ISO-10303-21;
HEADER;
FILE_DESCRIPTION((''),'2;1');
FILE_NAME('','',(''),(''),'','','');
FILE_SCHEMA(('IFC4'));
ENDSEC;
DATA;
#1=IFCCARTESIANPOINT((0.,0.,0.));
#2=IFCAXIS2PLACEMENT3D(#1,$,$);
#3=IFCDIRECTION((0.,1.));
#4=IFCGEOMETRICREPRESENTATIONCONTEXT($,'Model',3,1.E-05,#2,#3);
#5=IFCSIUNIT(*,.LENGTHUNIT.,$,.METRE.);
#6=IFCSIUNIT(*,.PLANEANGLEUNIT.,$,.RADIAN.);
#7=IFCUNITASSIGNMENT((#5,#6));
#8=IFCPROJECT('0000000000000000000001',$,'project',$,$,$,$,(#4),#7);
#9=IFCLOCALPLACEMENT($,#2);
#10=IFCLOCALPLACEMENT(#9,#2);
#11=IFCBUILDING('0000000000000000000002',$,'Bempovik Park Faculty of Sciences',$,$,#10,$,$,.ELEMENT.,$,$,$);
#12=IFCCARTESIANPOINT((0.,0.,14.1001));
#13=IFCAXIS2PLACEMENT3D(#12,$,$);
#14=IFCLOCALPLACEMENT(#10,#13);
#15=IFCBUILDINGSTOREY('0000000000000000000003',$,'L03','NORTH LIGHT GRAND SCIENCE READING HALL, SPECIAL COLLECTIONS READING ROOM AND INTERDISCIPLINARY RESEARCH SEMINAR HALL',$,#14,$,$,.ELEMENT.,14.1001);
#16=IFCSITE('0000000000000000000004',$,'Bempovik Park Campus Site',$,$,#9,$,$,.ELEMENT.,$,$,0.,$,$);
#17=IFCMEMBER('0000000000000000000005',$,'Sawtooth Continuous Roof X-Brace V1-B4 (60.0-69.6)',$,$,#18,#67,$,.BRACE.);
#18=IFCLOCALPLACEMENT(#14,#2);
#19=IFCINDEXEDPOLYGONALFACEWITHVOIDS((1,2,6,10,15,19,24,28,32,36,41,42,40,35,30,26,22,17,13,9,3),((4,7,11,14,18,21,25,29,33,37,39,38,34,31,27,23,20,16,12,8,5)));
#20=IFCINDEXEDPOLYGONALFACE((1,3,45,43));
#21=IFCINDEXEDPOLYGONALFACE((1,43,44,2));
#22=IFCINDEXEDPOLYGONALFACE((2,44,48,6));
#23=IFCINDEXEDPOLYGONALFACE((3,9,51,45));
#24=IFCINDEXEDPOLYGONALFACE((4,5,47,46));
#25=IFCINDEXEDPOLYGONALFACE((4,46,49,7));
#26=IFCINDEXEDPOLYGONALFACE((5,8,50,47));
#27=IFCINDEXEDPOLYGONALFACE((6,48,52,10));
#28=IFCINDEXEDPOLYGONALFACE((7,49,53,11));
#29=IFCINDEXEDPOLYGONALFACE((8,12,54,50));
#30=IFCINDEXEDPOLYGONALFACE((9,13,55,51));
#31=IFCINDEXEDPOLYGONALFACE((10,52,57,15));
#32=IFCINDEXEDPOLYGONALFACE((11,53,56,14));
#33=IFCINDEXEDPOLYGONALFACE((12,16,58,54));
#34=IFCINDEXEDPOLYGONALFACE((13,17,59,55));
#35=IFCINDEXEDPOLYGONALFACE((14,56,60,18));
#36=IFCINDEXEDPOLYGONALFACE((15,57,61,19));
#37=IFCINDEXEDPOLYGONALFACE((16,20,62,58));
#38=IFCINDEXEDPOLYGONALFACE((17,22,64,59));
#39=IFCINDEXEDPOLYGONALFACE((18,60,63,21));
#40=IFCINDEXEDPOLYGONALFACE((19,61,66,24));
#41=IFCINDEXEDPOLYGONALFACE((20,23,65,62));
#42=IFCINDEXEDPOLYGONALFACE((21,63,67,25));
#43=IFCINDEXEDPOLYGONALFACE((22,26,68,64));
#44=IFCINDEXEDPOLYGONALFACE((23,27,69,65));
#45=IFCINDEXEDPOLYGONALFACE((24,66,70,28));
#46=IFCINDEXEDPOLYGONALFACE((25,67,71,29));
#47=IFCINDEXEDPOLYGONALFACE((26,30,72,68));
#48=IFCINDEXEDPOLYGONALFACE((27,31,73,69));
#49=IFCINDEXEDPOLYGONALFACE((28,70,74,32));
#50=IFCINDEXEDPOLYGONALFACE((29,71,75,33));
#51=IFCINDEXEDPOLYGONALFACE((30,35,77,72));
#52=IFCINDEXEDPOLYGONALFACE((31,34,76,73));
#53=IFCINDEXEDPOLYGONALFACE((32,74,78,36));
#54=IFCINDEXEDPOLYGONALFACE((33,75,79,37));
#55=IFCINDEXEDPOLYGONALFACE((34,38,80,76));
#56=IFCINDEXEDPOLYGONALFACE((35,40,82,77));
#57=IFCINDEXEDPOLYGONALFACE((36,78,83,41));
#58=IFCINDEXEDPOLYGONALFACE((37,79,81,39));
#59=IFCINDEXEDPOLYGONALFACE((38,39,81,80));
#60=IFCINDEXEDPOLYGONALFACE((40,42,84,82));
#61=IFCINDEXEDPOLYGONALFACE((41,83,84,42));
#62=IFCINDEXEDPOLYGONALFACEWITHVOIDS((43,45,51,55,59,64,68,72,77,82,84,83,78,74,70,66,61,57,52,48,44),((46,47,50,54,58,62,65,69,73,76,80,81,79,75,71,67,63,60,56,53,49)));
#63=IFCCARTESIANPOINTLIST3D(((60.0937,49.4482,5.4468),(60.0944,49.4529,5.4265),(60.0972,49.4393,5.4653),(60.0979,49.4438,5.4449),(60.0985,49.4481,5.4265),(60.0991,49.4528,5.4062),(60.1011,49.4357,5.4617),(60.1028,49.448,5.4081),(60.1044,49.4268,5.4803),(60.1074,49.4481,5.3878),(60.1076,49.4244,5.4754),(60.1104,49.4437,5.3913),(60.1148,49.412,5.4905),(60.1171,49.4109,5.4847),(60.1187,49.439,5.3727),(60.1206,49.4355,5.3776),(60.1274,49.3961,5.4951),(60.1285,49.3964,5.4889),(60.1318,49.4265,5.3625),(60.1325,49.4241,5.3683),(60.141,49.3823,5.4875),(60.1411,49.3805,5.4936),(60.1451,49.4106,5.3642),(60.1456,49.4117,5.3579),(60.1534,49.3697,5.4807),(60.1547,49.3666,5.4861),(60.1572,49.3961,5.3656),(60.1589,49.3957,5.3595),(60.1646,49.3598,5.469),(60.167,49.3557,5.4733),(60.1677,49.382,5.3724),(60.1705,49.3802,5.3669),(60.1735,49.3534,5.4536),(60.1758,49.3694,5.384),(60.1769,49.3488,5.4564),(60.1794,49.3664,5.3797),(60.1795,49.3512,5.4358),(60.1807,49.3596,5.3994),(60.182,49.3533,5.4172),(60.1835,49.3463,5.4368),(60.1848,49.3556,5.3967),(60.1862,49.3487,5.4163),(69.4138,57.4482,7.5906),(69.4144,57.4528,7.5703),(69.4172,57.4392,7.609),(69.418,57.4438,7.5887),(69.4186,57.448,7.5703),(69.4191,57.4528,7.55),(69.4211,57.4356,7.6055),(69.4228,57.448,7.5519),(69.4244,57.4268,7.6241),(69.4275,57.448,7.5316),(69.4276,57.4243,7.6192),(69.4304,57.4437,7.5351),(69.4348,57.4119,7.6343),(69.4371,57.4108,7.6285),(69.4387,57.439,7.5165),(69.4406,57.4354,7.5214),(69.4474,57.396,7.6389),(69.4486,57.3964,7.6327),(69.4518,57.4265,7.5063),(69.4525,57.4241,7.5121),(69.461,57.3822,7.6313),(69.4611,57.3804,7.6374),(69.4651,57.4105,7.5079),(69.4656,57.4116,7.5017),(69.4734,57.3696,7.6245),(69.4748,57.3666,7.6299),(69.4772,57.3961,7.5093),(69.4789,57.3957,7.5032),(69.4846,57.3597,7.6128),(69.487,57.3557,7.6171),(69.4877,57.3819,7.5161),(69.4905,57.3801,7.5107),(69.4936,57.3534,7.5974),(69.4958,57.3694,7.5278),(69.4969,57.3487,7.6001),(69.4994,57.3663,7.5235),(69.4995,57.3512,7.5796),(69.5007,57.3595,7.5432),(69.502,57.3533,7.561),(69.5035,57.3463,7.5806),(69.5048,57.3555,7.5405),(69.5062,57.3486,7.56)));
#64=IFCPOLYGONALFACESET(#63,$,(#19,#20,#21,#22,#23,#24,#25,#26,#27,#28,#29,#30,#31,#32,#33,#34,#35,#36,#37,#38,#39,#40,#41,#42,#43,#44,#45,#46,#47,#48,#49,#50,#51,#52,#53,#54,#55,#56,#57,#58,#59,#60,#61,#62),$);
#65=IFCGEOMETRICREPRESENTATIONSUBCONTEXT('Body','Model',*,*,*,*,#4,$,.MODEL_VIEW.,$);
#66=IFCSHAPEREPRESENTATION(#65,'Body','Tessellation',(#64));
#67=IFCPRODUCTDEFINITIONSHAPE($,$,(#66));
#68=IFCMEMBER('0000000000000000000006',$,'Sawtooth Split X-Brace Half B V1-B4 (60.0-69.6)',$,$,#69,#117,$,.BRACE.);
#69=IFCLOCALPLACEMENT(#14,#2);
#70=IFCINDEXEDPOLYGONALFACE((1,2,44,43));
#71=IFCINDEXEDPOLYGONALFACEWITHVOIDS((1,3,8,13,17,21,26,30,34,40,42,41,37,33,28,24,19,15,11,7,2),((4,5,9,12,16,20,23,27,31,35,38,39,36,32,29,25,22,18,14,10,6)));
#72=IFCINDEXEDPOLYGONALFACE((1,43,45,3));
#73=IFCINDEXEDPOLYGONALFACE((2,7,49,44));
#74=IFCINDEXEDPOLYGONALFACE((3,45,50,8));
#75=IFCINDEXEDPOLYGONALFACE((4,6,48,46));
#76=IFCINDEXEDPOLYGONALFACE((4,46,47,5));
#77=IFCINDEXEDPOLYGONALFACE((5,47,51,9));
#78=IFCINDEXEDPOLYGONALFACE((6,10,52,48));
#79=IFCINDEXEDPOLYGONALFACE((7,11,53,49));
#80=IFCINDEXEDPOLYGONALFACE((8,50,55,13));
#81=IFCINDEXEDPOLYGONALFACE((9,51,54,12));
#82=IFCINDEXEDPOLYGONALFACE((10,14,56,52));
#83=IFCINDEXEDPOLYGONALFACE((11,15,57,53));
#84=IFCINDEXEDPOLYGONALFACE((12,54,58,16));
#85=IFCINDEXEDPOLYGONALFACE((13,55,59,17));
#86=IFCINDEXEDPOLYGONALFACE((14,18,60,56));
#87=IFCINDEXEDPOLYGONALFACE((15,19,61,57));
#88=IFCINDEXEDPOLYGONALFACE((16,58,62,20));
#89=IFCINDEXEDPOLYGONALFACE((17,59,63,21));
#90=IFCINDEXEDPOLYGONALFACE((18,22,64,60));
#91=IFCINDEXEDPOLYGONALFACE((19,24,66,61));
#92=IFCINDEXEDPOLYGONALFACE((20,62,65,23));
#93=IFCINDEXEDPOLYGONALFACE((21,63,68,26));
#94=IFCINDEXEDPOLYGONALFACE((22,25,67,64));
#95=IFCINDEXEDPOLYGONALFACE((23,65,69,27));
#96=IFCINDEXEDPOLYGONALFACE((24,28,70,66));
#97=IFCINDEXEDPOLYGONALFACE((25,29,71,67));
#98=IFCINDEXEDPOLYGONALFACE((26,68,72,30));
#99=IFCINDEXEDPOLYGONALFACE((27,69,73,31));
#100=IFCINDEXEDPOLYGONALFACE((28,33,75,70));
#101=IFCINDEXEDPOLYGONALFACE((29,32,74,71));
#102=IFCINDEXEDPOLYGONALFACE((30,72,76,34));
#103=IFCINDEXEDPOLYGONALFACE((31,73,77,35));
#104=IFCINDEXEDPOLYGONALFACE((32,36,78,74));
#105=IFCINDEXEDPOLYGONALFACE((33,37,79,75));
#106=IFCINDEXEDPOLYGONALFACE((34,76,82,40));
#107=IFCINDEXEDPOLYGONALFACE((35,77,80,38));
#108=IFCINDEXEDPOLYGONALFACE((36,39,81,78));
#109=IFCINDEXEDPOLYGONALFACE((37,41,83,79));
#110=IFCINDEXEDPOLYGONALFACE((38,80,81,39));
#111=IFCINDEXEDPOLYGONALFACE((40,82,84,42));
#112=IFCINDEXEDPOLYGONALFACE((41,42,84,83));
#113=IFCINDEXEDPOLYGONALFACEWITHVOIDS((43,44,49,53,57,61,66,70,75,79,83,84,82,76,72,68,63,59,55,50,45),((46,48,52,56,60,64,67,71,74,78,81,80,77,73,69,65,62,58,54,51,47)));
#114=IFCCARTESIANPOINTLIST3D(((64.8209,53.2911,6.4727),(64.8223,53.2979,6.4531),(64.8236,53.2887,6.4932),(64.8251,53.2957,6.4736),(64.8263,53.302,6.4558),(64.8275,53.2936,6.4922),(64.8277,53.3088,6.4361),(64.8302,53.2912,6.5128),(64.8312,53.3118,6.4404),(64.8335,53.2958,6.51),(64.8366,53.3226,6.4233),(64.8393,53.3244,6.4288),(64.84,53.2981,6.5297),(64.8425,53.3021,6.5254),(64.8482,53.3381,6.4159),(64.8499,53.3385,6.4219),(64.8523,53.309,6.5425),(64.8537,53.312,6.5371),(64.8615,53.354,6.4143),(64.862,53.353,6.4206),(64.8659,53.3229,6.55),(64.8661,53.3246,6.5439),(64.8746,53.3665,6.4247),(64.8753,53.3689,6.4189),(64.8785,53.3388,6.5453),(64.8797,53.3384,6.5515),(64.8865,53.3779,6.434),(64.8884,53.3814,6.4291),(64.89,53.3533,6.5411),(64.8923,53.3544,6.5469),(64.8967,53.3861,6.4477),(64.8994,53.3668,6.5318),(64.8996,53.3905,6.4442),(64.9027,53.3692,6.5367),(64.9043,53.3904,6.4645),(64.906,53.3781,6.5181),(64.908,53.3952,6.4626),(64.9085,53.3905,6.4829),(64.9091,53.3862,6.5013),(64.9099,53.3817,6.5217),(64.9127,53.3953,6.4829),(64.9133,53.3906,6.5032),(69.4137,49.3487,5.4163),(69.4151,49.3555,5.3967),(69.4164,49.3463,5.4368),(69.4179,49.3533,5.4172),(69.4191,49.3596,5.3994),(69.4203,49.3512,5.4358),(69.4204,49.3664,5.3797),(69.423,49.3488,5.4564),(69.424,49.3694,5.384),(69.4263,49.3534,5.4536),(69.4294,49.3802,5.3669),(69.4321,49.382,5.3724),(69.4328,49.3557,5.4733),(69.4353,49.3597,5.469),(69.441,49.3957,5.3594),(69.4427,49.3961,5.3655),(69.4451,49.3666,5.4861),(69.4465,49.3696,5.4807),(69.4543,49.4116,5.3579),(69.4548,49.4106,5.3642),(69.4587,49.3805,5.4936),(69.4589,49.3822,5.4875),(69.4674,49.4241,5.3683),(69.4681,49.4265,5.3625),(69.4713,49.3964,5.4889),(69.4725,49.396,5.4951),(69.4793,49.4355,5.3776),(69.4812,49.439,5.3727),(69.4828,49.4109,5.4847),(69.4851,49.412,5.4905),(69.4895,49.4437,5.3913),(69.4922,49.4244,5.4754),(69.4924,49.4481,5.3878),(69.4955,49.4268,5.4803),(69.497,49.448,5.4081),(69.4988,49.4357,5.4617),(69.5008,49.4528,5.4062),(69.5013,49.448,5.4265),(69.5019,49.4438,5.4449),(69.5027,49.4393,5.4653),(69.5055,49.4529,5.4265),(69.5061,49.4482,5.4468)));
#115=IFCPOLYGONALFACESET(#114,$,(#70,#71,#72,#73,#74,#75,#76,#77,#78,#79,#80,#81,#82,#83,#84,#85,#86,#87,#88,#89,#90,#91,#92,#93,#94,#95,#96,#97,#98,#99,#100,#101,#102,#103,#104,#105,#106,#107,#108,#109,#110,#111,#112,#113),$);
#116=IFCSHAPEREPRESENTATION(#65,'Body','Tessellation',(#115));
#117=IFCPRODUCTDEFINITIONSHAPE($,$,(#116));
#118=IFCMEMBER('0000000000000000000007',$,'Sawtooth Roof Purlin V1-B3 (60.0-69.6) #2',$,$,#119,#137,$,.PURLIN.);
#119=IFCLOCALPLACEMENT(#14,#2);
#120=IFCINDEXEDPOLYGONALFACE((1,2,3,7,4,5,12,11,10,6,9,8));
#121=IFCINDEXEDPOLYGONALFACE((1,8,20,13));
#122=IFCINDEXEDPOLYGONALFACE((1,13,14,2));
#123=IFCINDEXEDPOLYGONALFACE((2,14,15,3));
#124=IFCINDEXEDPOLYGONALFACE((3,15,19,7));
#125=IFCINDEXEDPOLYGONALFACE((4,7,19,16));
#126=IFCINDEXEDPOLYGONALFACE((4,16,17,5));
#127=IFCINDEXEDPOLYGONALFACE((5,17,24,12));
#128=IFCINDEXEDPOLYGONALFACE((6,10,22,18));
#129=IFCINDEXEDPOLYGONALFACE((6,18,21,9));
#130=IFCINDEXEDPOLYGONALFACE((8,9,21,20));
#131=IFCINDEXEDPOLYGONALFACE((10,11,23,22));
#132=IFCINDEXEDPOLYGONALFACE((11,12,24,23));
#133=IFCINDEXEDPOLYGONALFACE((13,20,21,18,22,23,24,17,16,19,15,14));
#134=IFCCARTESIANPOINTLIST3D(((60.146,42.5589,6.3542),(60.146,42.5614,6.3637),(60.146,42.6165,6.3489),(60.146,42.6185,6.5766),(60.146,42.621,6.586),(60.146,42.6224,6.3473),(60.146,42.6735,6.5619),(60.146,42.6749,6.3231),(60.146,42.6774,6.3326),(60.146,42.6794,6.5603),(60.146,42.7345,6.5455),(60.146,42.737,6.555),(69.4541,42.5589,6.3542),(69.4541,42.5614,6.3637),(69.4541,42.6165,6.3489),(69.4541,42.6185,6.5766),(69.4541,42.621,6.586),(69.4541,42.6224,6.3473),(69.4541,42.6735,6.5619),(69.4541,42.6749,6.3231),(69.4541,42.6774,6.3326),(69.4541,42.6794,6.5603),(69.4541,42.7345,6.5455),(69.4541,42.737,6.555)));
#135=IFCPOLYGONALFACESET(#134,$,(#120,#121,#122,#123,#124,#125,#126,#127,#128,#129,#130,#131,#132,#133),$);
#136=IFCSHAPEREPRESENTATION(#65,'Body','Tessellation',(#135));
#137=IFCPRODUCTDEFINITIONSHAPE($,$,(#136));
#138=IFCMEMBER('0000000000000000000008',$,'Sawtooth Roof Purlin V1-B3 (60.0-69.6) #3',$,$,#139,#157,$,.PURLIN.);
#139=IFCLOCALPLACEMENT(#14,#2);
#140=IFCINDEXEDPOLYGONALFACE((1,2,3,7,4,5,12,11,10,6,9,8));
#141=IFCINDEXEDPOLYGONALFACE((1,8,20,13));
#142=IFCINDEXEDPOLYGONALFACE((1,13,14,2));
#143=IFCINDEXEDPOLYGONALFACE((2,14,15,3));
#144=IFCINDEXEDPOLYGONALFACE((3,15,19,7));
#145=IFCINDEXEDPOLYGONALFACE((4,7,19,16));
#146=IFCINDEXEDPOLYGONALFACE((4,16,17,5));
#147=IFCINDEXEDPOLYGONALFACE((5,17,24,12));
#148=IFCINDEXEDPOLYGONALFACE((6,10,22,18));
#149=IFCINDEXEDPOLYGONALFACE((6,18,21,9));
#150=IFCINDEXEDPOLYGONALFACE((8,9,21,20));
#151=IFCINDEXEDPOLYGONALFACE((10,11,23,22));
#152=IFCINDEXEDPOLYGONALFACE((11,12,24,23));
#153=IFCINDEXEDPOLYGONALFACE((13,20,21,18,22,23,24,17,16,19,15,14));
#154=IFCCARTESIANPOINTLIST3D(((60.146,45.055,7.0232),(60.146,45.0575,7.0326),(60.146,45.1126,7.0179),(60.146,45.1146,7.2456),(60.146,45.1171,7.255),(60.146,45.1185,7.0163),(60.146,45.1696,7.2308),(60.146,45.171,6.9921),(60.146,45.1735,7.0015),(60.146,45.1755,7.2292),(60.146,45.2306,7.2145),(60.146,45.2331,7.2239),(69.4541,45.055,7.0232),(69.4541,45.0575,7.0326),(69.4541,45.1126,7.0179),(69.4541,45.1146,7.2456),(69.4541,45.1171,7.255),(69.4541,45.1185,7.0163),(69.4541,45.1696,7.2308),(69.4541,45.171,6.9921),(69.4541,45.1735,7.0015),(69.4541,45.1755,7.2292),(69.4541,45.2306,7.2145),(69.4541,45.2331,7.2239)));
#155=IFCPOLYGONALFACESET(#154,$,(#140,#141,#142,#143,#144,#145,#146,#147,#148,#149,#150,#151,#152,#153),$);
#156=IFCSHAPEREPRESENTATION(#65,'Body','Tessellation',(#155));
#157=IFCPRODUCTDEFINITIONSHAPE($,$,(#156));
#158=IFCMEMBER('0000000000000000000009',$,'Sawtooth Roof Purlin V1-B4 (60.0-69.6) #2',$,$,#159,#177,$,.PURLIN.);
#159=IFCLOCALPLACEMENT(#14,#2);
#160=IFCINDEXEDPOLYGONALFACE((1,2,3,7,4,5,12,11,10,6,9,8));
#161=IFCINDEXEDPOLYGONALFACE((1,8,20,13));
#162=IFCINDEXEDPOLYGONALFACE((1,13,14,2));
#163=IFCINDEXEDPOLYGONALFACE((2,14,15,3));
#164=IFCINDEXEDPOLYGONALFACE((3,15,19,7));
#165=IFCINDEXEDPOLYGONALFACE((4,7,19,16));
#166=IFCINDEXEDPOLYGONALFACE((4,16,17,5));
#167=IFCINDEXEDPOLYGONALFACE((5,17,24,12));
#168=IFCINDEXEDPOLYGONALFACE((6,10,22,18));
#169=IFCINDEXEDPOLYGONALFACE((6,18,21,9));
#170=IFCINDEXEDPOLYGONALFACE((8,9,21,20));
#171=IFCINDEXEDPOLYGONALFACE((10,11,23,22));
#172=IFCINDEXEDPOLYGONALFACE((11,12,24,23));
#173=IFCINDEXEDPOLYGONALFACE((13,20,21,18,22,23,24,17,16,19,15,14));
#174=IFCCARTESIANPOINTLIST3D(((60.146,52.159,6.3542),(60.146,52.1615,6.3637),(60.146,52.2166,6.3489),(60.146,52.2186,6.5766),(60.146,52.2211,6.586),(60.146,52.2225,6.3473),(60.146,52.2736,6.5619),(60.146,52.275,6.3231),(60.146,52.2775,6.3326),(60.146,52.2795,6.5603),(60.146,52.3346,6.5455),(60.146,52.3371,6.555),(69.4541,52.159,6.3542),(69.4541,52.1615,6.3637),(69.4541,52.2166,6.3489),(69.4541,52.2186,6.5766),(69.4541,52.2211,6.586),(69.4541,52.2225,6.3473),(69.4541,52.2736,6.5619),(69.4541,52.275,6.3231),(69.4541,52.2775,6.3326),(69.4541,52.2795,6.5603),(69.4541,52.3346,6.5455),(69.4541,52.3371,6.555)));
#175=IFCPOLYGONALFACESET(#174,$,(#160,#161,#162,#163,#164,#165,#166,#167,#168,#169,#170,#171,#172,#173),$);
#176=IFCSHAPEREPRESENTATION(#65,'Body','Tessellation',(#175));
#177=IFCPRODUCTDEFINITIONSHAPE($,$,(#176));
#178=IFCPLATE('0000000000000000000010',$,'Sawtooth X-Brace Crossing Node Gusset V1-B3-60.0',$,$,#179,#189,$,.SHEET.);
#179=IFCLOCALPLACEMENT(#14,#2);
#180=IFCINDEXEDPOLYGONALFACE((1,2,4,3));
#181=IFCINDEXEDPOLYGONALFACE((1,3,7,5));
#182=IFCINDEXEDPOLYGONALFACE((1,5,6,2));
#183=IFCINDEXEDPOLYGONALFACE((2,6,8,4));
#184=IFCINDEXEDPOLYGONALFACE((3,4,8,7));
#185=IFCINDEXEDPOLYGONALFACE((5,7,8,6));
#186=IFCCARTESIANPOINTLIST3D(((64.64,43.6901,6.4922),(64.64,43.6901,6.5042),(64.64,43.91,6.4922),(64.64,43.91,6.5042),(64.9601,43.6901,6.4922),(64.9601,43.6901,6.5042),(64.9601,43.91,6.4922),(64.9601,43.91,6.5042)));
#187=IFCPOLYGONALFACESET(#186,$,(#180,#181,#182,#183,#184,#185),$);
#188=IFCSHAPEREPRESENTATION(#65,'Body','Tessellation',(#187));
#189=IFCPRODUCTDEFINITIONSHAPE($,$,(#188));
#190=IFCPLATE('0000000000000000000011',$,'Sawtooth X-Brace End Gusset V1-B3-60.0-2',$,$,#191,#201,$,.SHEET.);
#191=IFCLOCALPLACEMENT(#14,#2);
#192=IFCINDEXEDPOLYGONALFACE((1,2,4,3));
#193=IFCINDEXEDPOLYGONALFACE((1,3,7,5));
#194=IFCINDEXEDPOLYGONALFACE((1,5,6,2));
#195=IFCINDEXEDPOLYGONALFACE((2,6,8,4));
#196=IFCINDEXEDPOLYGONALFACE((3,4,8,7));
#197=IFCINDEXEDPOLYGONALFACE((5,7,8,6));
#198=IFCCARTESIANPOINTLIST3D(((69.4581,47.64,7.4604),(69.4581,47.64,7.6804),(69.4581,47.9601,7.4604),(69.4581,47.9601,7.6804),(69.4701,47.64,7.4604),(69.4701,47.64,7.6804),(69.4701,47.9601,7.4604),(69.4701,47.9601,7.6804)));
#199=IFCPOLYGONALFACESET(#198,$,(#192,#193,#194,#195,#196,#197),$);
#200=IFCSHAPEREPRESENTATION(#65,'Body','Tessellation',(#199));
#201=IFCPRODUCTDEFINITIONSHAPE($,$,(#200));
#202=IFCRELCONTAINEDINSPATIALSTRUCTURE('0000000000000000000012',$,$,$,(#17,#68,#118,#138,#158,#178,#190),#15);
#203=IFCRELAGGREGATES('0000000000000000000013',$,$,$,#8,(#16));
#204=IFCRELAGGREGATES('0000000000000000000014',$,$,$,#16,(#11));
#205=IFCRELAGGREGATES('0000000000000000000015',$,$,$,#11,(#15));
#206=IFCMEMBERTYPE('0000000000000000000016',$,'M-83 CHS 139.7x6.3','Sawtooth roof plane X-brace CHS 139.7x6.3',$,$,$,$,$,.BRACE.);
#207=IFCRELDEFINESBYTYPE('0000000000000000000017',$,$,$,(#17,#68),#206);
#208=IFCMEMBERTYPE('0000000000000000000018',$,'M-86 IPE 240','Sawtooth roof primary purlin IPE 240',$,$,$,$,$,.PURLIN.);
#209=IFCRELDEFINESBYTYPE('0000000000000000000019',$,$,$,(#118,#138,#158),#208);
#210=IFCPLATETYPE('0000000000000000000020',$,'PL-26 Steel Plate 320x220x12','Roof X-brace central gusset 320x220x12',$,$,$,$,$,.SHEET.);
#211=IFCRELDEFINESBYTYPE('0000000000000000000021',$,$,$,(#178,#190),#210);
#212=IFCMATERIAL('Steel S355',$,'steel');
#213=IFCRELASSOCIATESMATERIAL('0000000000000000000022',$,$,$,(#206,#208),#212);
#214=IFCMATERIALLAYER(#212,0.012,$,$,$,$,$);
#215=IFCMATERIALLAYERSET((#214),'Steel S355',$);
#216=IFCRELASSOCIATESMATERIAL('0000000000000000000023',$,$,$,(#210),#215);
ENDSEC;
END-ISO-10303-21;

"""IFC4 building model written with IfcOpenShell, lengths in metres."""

from ifc_helpers import new_model, si_unit, direction, frame, origin, origin_2d, place, context, subcontext, project, spatial, rectangle, hollow_circle, i_section, extrude, material, layer, layer_set, material_profile, profile_set, type_object, element, save


model = new_model("IFC4")

# Units and contexts
model_context = context("Model", 3, precision=1e-05, world=origin(), true_north=direction((0.0, 1.0)))
body_context = subcontext(model_context, "Body", "Model", "MODEL_VIEW")
ifc_project = project(units=[si_unit("LENGTHUNIT", "METRE"), si_unit("PLANEANGLEUNIT", "RADIAN")], contexts=[model_context])

# Site, building, storey
site_placement = place(None, origin())
site = spatial("IfcSite", under=ifc_project, at=site_placement, Name="Bempovik Park Campus Site", CompositionType="ELEMENT", RefElevation=0.0)
building_placement = place(site_placement, origin())
building = spatial("IfcBuilding", under=site, at=building_placement, Name="Bempovik Park Faculty of Sciences", CompositionType="ELEMENT")
storey_placement = place(building_placement, frame((0.0, 0.0, 14.1001)))
storey = spatial("IfcBuildingStorey", under=building, at=storey_placement, Name="L03", Description="NORTH LIGHT GRAND SCIENCE READING HALL, SPECIAL COLLECTIONS READING ROOM AND INTERDISCIPLINARY RESEARCH SEMINAR HALL", CompositionType="ELEMENT", Elevation=14.1001)

# Shared definitions
ifc_material_1 = material(Name="Steel S355", Category="steel")

# Members
ifc_material_profile_1 = material_profile(ifc_material_1, hollow_circle(Radius=0.0698, WallThickness=0.0063, at=origin_2d()), Name="CHS 139.7x6.3")
ifc_profile_set_1 = profile_set([ifc_material_profile_1], Name="Steel S355")
member_type_1 = type_object("IfcMemberType", Name="M-83 CHS 139.7x6.3", Description="Sawtooth roof plane X-brace CHS 139.7x6.3", PredefinedType="BRACE", material=ifc_profile_set_1)
member_1_placement = place(storey_placement, frame((60.1399, 49.3999, 5.4265), z_axis=(0.747499, 0.641625, 0.171939), x_axis=(-0.651325, 0.758799, 0.0)))
element("IfcMember", 1, at=member_1_placement, inside=storey, type_object=member_type_1, Name="Sawtooth Continuous Roof X-Brace V1-B4 (60.0-69.6)", PredefinedType="BRACE", context=body_context, shape_type="SweptSolid", body=[
    extrude(hollow_circle(Radius=0.0698, WallThickness=0.0063, at=origin_2d()), origin(), (0.0, 0.0, 1.0), 12.4683),
])
member_2_placement = place(storey_placement, frame((64.8672, 53.3423, 6.4829), z_axis=(0.74749, -0.641637, -0.171932), x_axis=(0.651336, 0.758789, 0.0)))
element("IfcMember", 2, at=member_2_placement, inside=storey, type_object=member_type_1, Name="Sawtooth Split X-Brace Half B V1-B4 (60.0-69.6)", PredefinedType="BRACE", context=body_context, shape_type="SweptSolid", body=[
    extrude(hollow_circle(Radius=0.0698, WallThickness=0.0063, at=origin_2d()), origin(), (0.0, 0.0, 1.0), 6.1443),
])
ifc_material_profile_2 = material_profile(ifc_material_1, i_section(OverallWidth=0.1201, OverallDepth=0.24, WebThickness=0.0061, FlangeThickness=0.0098, at=origin_2d()), Name="IPE 240")
ifc_profile_set_2 = profile_set([ifc_material_profile_2], Name="Steel S355")
member_type_2 = type_object("IfcMemberType", Name="M-86 IPE 240", Description="Sawtooth roof primary purlin IPE 240", PredefinedType="PURLIN", material=ifc_profile_set_2)
for number, where, z_axis, x_axis, name in (
    (3, (60.146, 42.6479, 6.4546), (1.0, 0.0, 0.0), (0.0, 0.965926, -0.258819), "Sawtooth Roof Purlin V1-B3 (60.0-69.6) #2"),
    (4, (60.146, 45.144, 7.1235), (1.0, 0.0, 0.0), (0.0, 0.965926, -0.258819), "Sawtooth Roof Purlin V1-B3 (60.0-69.6) #3"),
    (5, (60.146, 52.248, 6.4546), (1.0, 0.0, 0.0), (0.0, 0.965926, -0.258819), "Sawtooth Roof Purlin V1-B4 (60.0-69.6) #2"),
):
    element("IfcMember", number, at=place(storey_placement, frame(where, z_axis=z_axis, x_axis=x_axis)), inside=storey, type_object=member_type_2, Name=name, PredefinedType="PURLIN", context=body_context, shape_type="SweptSolid", body=[
        extrude(i_section(OverallWidth=0.1201, OverallDepth=0.24, WebThickness=0.0061, FlangeThickness=0.0098, at=origin_2d()), origin(), (0.0, 0.0, 1.0), 9.3081),
    ])

# Plates
ifc_layer_1 = layer(ifc_material_1, 0.012)
ifc_layer_set_1 = layer_set([ifc_layer_1], Name="Steel S355")
plate_type_1 = type_object("IfcPlateType", Name="PL-26 Steel Plate 320x220x12", Description="Roof X-brace central gusset 320x220x12", PredefinedType="SHEET", material=ifc_layer_set_1)
plate_1_placement = place(storey_placement, frame((64.8, 43.8, 6.4922), z_axis=(0.0, 0.0, 1.0), x_axis=(1.0, 0.0, 0.0)))
element("IfcPlate", 6, at=plate_1_placement, inside=storey, type_object=plate_type_1, Name="Sawtooth X-Brace Crossing Node Gusset V1-B3-60.0", PredefinedType="SHEET", context=body_context, shape_type="SweptSolid", body=[
    extrude(rectangle(XDim=0.3201, YDim=0.22, at=origin_2d()), origin(), (0.0, 0.0, 1.0), 0.012),
])
for number, where, z_axis, x_axis, name in (
    (7, (69.4641, 47.8, 7.4604), (0.0, 0.0, 1.0), (1.0, 0.0, 0.0), "Sawtooth X-Brace End Gusset V1-B3-60.0-2"),
):
    element("IfcPlate", number, at=place(storey_placement, frame(where, z_axis=z_axis, x_axis=x_axis)), inside=storey, type_object=plate_type_1, Name=name, PredefinedType="SHEET", context=body_context, shape_type="SweptSolid", body=[
        extrude(rectangle(XDim=0.012, YDim=0.3201, at=origin_2d()), origin(), (0.0, 0.0, 1.0), 0.22),
    ])

save(model, "model.ifc")
